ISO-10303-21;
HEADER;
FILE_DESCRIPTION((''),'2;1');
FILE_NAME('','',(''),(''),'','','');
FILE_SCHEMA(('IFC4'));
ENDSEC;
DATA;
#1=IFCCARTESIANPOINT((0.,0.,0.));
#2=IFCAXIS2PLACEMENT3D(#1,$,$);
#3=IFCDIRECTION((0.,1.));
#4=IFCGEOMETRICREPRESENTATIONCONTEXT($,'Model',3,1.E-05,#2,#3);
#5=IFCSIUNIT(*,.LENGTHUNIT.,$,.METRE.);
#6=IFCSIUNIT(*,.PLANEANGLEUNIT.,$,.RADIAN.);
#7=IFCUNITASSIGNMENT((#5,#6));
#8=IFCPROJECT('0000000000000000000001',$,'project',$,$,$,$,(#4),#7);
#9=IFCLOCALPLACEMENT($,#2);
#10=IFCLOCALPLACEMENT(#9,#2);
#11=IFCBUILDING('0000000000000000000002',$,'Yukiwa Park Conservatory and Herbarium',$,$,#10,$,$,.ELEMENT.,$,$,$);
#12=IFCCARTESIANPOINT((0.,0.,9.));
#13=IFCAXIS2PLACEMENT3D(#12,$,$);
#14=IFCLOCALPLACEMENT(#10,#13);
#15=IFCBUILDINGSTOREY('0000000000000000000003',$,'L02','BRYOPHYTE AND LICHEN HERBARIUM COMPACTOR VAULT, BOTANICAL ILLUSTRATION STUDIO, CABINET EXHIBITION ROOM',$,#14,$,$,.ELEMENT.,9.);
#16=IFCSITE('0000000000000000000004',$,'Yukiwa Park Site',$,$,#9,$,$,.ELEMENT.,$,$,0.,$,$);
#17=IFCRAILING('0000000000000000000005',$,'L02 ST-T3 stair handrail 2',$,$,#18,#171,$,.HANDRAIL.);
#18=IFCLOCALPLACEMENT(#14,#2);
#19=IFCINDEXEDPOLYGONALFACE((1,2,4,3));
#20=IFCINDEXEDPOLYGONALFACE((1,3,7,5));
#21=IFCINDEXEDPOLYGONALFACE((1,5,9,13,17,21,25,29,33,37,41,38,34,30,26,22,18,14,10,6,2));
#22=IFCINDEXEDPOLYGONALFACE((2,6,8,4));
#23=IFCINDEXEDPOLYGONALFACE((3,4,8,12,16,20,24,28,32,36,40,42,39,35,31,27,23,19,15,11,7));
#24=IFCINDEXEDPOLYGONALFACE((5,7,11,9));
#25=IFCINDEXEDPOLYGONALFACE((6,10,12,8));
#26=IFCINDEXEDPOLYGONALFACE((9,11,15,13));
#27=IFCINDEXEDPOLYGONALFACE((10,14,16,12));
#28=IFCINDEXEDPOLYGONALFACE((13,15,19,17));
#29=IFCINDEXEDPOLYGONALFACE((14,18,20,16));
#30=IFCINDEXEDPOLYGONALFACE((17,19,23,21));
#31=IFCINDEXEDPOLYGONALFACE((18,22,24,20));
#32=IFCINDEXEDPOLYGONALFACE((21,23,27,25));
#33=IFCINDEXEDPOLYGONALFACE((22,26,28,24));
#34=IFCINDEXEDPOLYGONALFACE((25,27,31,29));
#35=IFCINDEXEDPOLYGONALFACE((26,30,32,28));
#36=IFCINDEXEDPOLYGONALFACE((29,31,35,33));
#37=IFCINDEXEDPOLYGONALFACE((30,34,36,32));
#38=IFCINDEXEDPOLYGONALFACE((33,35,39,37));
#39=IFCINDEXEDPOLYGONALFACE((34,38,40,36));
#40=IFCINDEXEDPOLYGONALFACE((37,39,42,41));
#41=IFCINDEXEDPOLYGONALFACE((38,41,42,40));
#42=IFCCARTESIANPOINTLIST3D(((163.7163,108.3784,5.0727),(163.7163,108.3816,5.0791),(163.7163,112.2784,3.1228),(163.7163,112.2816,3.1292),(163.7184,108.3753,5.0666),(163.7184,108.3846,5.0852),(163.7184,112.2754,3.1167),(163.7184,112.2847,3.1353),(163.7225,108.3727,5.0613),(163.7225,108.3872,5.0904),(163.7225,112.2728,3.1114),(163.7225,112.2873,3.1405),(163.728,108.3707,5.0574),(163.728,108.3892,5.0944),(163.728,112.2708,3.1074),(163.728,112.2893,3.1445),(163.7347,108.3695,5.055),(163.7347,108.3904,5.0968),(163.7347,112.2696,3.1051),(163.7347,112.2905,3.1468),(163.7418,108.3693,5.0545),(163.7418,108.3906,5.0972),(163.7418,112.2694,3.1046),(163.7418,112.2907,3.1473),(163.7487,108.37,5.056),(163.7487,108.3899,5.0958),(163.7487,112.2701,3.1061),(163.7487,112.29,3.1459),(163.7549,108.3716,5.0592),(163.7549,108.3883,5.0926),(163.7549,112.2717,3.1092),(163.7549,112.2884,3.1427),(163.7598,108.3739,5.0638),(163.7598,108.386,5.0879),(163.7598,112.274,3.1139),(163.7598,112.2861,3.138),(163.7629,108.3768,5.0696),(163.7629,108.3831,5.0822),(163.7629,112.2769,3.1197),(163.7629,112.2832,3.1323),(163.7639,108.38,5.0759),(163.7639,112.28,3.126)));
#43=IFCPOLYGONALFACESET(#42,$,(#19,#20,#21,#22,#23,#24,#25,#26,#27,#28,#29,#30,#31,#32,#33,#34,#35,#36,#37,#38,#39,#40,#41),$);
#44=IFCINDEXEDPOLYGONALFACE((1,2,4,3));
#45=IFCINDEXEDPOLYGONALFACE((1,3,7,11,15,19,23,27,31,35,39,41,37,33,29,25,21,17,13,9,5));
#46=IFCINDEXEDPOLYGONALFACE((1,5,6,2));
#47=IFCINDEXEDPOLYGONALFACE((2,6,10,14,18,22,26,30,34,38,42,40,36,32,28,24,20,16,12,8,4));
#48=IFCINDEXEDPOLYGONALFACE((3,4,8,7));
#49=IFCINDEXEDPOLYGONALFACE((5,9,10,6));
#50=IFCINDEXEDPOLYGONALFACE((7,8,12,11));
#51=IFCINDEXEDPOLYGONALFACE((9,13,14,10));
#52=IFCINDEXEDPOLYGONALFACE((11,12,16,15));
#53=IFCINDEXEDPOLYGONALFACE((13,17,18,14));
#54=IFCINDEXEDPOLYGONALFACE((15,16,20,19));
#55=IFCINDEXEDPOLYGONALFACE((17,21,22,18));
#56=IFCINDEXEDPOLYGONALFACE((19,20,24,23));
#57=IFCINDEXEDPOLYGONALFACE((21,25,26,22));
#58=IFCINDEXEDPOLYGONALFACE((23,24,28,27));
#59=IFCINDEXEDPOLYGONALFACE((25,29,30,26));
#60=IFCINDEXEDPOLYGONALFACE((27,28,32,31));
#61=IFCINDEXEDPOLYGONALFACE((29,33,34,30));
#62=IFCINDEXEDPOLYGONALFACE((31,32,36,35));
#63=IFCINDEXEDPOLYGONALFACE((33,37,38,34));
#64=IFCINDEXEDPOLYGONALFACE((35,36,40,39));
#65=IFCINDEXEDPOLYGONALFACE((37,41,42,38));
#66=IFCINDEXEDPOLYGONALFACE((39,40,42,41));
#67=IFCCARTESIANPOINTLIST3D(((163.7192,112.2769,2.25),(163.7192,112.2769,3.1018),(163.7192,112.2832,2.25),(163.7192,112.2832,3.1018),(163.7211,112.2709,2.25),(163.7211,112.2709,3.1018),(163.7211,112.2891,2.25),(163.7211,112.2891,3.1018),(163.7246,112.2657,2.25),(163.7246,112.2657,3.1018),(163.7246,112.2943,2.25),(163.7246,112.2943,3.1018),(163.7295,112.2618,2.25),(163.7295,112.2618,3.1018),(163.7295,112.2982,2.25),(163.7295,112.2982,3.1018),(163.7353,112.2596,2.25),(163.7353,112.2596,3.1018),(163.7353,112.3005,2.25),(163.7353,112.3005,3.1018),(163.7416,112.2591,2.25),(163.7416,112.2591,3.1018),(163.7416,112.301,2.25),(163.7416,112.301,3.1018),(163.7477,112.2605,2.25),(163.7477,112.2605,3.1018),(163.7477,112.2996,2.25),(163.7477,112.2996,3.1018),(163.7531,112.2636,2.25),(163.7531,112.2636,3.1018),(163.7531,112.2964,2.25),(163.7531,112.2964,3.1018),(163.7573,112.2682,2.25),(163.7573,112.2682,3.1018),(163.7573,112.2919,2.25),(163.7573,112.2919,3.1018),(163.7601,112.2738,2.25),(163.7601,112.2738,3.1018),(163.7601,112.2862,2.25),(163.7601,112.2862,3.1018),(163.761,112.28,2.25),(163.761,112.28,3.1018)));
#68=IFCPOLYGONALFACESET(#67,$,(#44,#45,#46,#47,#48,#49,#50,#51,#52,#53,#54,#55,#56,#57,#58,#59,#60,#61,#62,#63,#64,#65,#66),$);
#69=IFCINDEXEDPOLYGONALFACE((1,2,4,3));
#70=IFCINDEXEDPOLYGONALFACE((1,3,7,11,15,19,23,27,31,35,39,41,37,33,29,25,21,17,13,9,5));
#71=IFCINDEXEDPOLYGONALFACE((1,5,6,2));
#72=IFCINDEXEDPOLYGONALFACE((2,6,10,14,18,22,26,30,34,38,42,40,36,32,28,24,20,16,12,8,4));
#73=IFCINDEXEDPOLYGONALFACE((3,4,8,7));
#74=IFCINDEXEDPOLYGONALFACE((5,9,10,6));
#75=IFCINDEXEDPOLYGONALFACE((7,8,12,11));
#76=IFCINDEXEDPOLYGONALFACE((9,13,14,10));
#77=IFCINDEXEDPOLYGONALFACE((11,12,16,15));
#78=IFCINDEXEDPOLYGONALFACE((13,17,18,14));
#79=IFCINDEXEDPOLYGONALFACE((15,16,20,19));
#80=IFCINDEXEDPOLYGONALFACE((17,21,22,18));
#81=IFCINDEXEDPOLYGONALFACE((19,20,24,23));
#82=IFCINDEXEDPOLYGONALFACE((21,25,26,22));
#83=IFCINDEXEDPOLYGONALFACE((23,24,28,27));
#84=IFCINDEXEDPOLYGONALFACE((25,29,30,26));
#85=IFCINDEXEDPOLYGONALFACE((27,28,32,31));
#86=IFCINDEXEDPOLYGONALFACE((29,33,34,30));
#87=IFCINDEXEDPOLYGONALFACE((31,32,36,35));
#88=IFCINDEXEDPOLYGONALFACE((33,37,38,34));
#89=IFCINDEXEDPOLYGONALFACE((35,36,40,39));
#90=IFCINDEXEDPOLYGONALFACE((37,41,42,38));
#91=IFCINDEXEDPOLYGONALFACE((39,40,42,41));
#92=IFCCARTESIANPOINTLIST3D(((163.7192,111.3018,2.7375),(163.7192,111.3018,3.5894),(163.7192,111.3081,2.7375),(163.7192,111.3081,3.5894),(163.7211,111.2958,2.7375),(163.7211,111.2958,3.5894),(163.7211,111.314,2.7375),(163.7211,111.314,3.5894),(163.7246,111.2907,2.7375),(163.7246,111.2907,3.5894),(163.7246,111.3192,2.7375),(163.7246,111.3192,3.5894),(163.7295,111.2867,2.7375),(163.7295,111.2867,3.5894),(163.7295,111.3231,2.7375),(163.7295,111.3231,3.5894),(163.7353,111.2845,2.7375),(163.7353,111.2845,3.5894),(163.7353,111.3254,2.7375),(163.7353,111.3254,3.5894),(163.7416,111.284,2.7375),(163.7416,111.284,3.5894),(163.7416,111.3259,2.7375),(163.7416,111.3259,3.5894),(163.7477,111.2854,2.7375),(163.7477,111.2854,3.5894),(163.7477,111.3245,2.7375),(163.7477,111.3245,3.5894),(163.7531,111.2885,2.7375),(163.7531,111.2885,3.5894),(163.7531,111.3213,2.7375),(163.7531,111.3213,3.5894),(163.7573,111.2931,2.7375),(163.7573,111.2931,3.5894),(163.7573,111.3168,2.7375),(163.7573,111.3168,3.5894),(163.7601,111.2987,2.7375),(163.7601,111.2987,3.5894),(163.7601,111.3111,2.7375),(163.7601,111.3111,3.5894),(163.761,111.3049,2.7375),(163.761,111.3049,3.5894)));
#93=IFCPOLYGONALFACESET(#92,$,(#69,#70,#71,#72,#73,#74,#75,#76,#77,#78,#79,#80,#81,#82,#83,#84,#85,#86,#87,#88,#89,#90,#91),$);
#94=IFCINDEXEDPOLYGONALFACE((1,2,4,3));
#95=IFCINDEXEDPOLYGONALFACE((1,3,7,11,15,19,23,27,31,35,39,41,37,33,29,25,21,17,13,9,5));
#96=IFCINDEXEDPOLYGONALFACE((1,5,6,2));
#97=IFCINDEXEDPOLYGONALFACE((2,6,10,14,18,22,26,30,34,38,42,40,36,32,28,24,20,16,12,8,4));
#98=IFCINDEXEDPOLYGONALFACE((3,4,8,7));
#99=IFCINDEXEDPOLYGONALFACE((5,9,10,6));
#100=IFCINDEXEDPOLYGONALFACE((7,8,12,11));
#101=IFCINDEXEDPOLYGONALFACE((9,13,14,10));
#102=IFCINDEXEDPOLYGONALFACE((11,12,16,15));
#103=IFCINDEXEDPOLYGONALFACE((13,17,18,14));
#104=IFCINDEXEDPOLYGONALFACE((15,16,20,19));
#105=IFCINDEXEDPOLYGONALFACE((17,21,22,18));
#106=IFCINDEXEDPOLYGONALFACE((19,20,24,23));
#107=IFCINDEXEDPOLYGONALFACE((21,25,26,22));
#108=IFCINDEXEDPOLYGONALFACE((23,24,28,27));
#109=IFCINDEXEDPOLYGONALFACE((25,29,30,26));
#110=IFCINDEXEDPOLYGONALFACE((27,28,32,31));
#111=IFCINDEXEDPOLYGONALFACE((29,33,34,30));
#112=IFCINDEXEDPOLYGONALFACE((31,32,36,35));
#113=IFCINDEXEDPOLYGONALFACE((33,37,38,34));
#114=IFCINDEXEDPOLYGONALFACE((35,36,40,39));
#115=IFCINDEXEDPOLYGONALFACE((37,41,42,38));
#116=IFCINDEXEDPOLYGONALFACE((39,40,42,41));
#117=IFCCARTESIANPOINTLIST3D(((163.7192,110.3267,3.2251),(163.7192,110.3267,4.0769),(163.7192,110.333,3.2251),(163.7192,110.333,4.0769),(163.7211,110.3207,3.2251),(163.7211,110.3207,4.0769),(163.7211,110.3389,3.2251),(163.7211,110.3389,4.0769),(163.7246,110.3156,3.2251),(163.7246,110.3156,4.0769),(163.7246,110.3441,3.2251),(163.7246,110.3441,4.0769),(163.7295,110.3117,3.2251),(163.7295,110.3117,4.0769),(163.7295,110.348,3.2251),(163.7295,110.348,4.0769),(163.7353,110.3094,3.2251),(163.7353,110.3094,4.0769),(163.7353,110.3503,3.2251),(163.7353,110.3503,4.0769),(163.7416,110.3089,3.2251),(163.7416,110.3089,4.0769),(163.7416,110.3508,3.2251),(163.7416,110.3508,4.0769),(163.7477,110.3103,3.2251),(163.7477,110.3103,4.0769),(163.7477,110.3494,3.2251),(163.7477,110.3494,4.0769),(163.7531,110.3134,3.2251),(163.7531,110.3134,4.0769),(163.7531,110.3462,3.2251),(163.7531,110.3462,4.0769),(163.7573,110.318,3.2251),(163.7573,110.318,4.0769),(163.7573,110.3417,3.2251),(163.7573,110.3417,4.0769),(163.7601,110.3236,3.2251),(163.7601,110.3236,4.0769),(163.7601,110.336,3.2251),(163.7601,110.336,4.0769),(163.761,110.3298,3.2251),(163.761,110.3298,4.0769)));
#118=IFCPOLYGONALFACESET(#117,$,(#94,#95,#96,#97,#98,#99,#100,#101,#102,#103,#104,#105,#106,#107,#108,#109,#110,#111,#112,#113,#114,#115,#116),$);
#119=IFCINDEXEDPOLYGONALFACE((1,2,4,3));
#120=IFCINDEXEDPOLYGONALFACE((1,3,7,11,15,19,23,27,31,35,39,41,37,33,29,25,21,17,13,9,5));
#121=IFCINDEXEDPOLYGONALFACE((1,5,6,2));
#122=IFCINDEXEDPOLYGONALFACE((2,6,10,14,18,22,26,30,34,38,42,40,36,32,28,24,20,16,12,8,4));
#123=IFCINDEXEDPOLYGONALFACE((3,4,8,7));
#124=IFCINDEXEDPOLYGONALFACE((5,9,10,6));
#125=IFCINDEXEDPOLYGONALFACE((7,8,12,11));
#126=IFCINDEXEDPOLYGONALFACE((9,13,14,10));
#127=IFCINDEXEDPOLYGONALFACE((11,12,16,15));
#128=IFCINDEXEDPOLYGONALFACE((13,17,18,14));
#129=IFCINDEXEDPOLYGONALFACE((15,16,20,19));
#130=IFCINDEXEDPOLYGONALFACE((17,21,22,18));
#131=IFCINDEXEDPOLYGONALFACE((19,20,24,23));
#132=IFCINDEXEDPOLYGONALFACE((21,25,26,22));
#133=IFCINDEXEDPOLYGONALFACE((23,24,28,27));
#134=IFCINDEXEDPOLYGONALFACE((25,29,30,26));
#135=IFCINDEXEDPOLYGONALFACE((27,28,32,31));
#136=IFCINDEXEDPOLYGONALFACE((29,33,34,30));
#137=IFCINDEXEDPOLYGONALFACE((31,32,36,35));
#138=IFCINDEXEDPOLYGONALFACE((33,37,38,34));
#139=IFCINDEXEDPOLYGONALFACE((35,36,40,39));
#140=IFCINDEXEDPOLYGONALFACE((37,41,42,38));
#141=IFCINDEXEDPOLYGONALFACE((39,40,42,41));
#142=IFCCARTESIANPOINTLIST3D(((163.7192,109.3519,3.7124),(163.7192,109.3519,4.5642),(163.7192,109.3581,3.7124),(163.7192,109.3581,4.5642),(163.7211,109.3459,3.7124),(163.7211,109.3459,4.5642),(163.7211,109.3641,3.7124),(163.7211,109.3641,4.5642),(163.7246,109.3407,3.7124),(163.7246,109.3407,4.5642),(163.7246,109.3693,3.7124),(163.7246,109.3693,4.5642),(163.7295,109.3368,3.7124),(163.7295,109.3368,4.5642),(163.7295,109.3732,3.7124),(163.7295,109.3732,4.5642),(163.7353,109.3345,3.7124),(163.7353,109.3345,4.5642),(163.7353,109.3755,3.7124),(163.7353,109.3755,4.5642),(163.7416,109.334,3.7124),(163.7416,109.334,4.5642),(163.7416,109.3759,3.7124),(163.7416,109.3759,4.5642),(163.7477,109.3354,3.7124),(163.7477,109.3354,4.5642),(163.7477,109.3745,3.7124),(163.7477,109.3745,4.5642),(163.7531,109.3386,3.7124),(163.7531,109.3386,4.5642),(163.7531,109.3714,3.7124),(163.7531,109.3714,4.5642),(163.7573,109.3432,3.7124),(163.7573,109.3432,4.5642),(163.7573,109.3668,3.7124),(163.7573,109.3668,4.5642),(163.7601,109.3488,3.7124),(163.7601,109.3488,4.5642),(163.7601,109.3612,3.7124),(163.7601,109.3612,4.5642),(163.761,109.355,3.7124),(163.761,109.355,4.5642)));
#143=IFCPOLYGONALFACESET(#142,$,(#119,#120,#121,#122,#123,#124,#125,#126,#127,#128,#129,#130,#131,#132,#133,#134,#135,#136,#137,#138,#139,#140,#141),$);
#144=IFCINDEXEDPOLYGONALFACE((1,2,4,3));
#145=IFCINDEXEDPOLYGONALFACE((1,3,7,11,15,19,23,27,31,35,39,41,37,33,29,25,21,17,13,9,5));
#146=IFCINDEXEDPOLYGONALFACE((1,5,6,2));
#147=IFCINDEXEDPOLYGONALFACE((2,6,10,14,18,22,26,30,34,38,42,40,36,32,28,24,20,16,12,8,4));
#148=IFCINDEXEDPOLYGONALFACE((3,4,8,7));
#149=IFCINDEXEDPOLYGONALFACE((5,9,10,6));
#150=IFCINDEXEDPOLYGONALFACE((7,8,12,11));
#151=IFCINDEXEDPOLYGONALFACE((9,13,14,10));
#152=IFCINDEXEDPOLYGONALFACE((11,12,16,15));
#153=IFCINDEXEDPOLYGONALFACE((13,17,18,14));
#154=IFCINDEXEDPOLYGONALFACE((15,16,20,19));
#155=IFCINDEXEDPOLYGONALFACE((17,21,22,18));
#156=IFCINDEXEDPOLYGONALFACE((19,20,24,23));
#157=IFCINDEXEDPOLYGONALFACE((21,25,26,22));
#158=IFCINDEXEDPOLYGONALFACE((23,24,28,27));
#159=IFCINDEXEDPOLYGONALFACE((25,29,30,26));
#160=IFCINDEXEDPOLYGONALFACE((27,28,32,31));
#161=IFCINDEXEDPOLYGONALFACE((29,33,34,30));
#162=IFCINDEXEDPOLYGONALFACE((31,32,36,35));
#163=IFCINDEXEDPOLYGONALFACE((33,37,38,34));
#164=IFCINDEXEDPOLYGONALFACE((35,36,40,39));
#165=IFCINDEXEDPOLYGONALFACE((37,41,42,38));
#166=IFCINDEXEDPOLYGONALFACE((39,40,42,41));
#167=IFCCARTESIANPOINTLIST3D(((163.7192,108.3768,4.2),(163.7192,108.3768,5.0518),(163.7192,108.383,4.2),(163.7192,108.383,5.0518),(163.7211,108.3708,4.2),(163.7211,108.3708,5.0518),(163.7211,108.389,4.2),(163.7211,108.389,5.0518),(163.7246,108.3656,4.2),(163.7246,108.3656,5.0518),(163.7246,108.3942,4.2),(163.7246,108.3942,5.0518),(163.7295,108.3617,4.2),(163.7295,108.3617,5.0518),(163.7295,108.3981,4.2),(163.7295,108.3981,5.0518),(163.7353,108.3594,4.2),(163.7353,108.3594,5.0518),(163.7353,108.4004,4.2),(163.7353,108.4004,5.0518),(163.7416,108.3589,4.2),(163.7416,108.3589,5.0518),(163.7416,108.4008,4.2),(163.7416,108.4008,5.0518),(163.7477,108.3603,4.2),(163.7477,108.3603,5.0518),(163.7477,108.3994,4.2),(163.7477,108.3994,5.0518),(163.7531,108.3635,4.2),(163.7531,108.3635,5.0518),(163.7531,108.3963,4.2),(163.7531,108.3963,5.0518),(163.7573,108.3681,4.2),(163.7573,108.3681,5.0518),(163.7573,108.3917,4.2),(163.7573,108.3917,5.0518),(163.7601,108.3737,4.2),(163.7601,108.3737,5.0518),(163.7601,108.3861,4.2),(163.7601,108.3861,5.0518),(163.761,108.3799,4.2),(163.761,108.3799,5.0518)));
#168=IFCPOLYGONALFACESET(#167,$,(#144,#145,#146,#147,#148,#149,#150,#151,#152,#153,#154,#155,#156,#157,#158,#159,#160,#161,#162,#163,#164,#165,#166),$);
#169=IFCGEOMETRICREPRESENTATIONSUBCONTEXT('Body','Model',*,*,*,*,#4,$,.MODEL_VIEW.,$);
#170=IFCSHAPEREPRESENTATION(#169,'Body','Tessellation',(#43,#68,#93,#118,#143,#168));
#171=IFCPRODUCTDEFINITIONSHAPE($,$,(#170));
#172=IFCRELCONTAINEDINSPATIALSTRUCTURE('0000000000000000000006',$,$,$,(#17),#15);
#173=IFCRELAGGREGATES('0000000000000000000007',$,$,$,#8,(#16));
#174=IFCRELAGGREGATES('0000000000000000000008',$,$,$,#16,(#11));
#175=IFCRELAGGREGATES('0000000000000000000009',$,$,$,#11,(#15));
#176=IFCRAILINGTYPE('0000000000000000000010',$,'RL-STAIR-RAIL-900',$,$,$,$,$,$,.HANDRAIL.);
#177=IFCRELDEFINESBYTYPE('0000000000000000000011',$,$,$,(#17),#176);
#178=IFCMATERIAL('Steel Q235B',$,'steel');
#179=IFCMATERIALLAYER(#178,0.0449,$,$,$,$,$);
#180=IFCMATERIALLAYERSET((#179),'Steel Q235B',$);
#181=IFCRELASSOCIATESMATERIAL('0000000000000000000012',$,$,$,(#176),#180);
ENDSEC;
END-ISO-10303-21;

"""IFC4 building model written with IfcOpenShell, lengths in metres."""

from ifc_helpers import new_model, si_unit, direction, frame, origin, origin_2d, place, context, subcontext, project, spatial, circle, extrude, material, layer, layer_set, type_object, element, save


model = new_model("IFC4")

# Units and contexts
model_context = context("Model", 3, precision=1e-05, world=origin(), true_north=direction((0.0, 1.0)))
body_context = subcontext(model_context, "Body", "Model", "MODEL_VIEW")
ifc_project = project(units=[si_unit("LENGTHUNIT", "METRE"), si_unit("PLANEANGLEUNIT", "RADIAN")], contexts=[model_context])

# Site, building, storey
site_placement = place(None, origin())
site = spatial("IfcSite", under=ifc_project, at=site_placement, Name="Yukiwa Park Site", CompositionType="ELEMENT", RefElevation=0.0)
building_placement = place(site_placement, origin())
building = spatial("IfcBuilding", under=site, at=building_placement, Name="Yukiwa Park Conservatory and Herbarium", CompositionType="ELEMENT")
storey_placement = place(building_placement, frame((0.0, 0.0, 9.0)))
storey = spatial("IfcBuildingStorey", under=building, at=storey_placement, Name="L02", Description="BRYOPHYTE AND LICHEN HERBARIUM COMPACTOR VAULT, BOTANICAL ILLUSTRATION STUDIO, CABINET EXHIBITION ROOM", CompositionType="ELEMENT", Elevation=9.0)

# Railing
ifc_material_1 = material(Name="Steel Q235B", Category="steel")
ifc_layer_1 = layer(ifc_material_1, 0.0449)
ifc_layer_set_1 = layer_set([ifc_layer_1], Name="Steel Q235B")
railing_type_1 = type_object("IfcRailingType", Name="RL-STAIR-RAIL-900", PredefinedType="HANDRAIL", material=ifc_layer_set_1)
railing_1_placement = place(storey_placement, frame((163.74, 112.28, 2.25)))
element("IfcRailing", 1, at=railing_1_placement, inside=storey, type_object=railing_type_1, Name="L02 ST-T3 stair handrail 2", PredefinedType="HANDRAIL", context=body_context, shape_type="SweptSolid", body=[
    extrude(circle(Radius=0.0239, at=origin_2d()), frame((0.0, 0.0, 0.876), z_axis=(0.0, -0.894438, 0.447191), x_axis=(1.0, 0.0, 0.0)), (0.0, 0.0, 1.0), 4.3604),
    extrude(circle(Radius=0.021, at=origin_2d()), origin(), (0.0, 0.0, 1.0), 0.8518),
    extrude(circle(Radius=0.021, at=origin_2d()), frame((0.0, -0.9751, 0.4875)), (0.0, 0.0, 1.0), 0.8518),
    extrude(circle(Radius=0.021, at=origin_2d()), frame((0.0, -1.9502, 0.9751)), (0.0, 0.0, 1.0), 0.8518),
    extrude(circle(Radius=0.021, at=origin_2d()), frame((0.0, -2.925, 1.4624)), (0.0, 0.0, 1.0), 0.8518),
    extrude(circle(Radius=0.021, at=origin_2d()), frame((0.0, -3.9001, 1.95)), (0.0, 0.0, 1.0), 0.8518),
])

save(model, "model.ifc")
